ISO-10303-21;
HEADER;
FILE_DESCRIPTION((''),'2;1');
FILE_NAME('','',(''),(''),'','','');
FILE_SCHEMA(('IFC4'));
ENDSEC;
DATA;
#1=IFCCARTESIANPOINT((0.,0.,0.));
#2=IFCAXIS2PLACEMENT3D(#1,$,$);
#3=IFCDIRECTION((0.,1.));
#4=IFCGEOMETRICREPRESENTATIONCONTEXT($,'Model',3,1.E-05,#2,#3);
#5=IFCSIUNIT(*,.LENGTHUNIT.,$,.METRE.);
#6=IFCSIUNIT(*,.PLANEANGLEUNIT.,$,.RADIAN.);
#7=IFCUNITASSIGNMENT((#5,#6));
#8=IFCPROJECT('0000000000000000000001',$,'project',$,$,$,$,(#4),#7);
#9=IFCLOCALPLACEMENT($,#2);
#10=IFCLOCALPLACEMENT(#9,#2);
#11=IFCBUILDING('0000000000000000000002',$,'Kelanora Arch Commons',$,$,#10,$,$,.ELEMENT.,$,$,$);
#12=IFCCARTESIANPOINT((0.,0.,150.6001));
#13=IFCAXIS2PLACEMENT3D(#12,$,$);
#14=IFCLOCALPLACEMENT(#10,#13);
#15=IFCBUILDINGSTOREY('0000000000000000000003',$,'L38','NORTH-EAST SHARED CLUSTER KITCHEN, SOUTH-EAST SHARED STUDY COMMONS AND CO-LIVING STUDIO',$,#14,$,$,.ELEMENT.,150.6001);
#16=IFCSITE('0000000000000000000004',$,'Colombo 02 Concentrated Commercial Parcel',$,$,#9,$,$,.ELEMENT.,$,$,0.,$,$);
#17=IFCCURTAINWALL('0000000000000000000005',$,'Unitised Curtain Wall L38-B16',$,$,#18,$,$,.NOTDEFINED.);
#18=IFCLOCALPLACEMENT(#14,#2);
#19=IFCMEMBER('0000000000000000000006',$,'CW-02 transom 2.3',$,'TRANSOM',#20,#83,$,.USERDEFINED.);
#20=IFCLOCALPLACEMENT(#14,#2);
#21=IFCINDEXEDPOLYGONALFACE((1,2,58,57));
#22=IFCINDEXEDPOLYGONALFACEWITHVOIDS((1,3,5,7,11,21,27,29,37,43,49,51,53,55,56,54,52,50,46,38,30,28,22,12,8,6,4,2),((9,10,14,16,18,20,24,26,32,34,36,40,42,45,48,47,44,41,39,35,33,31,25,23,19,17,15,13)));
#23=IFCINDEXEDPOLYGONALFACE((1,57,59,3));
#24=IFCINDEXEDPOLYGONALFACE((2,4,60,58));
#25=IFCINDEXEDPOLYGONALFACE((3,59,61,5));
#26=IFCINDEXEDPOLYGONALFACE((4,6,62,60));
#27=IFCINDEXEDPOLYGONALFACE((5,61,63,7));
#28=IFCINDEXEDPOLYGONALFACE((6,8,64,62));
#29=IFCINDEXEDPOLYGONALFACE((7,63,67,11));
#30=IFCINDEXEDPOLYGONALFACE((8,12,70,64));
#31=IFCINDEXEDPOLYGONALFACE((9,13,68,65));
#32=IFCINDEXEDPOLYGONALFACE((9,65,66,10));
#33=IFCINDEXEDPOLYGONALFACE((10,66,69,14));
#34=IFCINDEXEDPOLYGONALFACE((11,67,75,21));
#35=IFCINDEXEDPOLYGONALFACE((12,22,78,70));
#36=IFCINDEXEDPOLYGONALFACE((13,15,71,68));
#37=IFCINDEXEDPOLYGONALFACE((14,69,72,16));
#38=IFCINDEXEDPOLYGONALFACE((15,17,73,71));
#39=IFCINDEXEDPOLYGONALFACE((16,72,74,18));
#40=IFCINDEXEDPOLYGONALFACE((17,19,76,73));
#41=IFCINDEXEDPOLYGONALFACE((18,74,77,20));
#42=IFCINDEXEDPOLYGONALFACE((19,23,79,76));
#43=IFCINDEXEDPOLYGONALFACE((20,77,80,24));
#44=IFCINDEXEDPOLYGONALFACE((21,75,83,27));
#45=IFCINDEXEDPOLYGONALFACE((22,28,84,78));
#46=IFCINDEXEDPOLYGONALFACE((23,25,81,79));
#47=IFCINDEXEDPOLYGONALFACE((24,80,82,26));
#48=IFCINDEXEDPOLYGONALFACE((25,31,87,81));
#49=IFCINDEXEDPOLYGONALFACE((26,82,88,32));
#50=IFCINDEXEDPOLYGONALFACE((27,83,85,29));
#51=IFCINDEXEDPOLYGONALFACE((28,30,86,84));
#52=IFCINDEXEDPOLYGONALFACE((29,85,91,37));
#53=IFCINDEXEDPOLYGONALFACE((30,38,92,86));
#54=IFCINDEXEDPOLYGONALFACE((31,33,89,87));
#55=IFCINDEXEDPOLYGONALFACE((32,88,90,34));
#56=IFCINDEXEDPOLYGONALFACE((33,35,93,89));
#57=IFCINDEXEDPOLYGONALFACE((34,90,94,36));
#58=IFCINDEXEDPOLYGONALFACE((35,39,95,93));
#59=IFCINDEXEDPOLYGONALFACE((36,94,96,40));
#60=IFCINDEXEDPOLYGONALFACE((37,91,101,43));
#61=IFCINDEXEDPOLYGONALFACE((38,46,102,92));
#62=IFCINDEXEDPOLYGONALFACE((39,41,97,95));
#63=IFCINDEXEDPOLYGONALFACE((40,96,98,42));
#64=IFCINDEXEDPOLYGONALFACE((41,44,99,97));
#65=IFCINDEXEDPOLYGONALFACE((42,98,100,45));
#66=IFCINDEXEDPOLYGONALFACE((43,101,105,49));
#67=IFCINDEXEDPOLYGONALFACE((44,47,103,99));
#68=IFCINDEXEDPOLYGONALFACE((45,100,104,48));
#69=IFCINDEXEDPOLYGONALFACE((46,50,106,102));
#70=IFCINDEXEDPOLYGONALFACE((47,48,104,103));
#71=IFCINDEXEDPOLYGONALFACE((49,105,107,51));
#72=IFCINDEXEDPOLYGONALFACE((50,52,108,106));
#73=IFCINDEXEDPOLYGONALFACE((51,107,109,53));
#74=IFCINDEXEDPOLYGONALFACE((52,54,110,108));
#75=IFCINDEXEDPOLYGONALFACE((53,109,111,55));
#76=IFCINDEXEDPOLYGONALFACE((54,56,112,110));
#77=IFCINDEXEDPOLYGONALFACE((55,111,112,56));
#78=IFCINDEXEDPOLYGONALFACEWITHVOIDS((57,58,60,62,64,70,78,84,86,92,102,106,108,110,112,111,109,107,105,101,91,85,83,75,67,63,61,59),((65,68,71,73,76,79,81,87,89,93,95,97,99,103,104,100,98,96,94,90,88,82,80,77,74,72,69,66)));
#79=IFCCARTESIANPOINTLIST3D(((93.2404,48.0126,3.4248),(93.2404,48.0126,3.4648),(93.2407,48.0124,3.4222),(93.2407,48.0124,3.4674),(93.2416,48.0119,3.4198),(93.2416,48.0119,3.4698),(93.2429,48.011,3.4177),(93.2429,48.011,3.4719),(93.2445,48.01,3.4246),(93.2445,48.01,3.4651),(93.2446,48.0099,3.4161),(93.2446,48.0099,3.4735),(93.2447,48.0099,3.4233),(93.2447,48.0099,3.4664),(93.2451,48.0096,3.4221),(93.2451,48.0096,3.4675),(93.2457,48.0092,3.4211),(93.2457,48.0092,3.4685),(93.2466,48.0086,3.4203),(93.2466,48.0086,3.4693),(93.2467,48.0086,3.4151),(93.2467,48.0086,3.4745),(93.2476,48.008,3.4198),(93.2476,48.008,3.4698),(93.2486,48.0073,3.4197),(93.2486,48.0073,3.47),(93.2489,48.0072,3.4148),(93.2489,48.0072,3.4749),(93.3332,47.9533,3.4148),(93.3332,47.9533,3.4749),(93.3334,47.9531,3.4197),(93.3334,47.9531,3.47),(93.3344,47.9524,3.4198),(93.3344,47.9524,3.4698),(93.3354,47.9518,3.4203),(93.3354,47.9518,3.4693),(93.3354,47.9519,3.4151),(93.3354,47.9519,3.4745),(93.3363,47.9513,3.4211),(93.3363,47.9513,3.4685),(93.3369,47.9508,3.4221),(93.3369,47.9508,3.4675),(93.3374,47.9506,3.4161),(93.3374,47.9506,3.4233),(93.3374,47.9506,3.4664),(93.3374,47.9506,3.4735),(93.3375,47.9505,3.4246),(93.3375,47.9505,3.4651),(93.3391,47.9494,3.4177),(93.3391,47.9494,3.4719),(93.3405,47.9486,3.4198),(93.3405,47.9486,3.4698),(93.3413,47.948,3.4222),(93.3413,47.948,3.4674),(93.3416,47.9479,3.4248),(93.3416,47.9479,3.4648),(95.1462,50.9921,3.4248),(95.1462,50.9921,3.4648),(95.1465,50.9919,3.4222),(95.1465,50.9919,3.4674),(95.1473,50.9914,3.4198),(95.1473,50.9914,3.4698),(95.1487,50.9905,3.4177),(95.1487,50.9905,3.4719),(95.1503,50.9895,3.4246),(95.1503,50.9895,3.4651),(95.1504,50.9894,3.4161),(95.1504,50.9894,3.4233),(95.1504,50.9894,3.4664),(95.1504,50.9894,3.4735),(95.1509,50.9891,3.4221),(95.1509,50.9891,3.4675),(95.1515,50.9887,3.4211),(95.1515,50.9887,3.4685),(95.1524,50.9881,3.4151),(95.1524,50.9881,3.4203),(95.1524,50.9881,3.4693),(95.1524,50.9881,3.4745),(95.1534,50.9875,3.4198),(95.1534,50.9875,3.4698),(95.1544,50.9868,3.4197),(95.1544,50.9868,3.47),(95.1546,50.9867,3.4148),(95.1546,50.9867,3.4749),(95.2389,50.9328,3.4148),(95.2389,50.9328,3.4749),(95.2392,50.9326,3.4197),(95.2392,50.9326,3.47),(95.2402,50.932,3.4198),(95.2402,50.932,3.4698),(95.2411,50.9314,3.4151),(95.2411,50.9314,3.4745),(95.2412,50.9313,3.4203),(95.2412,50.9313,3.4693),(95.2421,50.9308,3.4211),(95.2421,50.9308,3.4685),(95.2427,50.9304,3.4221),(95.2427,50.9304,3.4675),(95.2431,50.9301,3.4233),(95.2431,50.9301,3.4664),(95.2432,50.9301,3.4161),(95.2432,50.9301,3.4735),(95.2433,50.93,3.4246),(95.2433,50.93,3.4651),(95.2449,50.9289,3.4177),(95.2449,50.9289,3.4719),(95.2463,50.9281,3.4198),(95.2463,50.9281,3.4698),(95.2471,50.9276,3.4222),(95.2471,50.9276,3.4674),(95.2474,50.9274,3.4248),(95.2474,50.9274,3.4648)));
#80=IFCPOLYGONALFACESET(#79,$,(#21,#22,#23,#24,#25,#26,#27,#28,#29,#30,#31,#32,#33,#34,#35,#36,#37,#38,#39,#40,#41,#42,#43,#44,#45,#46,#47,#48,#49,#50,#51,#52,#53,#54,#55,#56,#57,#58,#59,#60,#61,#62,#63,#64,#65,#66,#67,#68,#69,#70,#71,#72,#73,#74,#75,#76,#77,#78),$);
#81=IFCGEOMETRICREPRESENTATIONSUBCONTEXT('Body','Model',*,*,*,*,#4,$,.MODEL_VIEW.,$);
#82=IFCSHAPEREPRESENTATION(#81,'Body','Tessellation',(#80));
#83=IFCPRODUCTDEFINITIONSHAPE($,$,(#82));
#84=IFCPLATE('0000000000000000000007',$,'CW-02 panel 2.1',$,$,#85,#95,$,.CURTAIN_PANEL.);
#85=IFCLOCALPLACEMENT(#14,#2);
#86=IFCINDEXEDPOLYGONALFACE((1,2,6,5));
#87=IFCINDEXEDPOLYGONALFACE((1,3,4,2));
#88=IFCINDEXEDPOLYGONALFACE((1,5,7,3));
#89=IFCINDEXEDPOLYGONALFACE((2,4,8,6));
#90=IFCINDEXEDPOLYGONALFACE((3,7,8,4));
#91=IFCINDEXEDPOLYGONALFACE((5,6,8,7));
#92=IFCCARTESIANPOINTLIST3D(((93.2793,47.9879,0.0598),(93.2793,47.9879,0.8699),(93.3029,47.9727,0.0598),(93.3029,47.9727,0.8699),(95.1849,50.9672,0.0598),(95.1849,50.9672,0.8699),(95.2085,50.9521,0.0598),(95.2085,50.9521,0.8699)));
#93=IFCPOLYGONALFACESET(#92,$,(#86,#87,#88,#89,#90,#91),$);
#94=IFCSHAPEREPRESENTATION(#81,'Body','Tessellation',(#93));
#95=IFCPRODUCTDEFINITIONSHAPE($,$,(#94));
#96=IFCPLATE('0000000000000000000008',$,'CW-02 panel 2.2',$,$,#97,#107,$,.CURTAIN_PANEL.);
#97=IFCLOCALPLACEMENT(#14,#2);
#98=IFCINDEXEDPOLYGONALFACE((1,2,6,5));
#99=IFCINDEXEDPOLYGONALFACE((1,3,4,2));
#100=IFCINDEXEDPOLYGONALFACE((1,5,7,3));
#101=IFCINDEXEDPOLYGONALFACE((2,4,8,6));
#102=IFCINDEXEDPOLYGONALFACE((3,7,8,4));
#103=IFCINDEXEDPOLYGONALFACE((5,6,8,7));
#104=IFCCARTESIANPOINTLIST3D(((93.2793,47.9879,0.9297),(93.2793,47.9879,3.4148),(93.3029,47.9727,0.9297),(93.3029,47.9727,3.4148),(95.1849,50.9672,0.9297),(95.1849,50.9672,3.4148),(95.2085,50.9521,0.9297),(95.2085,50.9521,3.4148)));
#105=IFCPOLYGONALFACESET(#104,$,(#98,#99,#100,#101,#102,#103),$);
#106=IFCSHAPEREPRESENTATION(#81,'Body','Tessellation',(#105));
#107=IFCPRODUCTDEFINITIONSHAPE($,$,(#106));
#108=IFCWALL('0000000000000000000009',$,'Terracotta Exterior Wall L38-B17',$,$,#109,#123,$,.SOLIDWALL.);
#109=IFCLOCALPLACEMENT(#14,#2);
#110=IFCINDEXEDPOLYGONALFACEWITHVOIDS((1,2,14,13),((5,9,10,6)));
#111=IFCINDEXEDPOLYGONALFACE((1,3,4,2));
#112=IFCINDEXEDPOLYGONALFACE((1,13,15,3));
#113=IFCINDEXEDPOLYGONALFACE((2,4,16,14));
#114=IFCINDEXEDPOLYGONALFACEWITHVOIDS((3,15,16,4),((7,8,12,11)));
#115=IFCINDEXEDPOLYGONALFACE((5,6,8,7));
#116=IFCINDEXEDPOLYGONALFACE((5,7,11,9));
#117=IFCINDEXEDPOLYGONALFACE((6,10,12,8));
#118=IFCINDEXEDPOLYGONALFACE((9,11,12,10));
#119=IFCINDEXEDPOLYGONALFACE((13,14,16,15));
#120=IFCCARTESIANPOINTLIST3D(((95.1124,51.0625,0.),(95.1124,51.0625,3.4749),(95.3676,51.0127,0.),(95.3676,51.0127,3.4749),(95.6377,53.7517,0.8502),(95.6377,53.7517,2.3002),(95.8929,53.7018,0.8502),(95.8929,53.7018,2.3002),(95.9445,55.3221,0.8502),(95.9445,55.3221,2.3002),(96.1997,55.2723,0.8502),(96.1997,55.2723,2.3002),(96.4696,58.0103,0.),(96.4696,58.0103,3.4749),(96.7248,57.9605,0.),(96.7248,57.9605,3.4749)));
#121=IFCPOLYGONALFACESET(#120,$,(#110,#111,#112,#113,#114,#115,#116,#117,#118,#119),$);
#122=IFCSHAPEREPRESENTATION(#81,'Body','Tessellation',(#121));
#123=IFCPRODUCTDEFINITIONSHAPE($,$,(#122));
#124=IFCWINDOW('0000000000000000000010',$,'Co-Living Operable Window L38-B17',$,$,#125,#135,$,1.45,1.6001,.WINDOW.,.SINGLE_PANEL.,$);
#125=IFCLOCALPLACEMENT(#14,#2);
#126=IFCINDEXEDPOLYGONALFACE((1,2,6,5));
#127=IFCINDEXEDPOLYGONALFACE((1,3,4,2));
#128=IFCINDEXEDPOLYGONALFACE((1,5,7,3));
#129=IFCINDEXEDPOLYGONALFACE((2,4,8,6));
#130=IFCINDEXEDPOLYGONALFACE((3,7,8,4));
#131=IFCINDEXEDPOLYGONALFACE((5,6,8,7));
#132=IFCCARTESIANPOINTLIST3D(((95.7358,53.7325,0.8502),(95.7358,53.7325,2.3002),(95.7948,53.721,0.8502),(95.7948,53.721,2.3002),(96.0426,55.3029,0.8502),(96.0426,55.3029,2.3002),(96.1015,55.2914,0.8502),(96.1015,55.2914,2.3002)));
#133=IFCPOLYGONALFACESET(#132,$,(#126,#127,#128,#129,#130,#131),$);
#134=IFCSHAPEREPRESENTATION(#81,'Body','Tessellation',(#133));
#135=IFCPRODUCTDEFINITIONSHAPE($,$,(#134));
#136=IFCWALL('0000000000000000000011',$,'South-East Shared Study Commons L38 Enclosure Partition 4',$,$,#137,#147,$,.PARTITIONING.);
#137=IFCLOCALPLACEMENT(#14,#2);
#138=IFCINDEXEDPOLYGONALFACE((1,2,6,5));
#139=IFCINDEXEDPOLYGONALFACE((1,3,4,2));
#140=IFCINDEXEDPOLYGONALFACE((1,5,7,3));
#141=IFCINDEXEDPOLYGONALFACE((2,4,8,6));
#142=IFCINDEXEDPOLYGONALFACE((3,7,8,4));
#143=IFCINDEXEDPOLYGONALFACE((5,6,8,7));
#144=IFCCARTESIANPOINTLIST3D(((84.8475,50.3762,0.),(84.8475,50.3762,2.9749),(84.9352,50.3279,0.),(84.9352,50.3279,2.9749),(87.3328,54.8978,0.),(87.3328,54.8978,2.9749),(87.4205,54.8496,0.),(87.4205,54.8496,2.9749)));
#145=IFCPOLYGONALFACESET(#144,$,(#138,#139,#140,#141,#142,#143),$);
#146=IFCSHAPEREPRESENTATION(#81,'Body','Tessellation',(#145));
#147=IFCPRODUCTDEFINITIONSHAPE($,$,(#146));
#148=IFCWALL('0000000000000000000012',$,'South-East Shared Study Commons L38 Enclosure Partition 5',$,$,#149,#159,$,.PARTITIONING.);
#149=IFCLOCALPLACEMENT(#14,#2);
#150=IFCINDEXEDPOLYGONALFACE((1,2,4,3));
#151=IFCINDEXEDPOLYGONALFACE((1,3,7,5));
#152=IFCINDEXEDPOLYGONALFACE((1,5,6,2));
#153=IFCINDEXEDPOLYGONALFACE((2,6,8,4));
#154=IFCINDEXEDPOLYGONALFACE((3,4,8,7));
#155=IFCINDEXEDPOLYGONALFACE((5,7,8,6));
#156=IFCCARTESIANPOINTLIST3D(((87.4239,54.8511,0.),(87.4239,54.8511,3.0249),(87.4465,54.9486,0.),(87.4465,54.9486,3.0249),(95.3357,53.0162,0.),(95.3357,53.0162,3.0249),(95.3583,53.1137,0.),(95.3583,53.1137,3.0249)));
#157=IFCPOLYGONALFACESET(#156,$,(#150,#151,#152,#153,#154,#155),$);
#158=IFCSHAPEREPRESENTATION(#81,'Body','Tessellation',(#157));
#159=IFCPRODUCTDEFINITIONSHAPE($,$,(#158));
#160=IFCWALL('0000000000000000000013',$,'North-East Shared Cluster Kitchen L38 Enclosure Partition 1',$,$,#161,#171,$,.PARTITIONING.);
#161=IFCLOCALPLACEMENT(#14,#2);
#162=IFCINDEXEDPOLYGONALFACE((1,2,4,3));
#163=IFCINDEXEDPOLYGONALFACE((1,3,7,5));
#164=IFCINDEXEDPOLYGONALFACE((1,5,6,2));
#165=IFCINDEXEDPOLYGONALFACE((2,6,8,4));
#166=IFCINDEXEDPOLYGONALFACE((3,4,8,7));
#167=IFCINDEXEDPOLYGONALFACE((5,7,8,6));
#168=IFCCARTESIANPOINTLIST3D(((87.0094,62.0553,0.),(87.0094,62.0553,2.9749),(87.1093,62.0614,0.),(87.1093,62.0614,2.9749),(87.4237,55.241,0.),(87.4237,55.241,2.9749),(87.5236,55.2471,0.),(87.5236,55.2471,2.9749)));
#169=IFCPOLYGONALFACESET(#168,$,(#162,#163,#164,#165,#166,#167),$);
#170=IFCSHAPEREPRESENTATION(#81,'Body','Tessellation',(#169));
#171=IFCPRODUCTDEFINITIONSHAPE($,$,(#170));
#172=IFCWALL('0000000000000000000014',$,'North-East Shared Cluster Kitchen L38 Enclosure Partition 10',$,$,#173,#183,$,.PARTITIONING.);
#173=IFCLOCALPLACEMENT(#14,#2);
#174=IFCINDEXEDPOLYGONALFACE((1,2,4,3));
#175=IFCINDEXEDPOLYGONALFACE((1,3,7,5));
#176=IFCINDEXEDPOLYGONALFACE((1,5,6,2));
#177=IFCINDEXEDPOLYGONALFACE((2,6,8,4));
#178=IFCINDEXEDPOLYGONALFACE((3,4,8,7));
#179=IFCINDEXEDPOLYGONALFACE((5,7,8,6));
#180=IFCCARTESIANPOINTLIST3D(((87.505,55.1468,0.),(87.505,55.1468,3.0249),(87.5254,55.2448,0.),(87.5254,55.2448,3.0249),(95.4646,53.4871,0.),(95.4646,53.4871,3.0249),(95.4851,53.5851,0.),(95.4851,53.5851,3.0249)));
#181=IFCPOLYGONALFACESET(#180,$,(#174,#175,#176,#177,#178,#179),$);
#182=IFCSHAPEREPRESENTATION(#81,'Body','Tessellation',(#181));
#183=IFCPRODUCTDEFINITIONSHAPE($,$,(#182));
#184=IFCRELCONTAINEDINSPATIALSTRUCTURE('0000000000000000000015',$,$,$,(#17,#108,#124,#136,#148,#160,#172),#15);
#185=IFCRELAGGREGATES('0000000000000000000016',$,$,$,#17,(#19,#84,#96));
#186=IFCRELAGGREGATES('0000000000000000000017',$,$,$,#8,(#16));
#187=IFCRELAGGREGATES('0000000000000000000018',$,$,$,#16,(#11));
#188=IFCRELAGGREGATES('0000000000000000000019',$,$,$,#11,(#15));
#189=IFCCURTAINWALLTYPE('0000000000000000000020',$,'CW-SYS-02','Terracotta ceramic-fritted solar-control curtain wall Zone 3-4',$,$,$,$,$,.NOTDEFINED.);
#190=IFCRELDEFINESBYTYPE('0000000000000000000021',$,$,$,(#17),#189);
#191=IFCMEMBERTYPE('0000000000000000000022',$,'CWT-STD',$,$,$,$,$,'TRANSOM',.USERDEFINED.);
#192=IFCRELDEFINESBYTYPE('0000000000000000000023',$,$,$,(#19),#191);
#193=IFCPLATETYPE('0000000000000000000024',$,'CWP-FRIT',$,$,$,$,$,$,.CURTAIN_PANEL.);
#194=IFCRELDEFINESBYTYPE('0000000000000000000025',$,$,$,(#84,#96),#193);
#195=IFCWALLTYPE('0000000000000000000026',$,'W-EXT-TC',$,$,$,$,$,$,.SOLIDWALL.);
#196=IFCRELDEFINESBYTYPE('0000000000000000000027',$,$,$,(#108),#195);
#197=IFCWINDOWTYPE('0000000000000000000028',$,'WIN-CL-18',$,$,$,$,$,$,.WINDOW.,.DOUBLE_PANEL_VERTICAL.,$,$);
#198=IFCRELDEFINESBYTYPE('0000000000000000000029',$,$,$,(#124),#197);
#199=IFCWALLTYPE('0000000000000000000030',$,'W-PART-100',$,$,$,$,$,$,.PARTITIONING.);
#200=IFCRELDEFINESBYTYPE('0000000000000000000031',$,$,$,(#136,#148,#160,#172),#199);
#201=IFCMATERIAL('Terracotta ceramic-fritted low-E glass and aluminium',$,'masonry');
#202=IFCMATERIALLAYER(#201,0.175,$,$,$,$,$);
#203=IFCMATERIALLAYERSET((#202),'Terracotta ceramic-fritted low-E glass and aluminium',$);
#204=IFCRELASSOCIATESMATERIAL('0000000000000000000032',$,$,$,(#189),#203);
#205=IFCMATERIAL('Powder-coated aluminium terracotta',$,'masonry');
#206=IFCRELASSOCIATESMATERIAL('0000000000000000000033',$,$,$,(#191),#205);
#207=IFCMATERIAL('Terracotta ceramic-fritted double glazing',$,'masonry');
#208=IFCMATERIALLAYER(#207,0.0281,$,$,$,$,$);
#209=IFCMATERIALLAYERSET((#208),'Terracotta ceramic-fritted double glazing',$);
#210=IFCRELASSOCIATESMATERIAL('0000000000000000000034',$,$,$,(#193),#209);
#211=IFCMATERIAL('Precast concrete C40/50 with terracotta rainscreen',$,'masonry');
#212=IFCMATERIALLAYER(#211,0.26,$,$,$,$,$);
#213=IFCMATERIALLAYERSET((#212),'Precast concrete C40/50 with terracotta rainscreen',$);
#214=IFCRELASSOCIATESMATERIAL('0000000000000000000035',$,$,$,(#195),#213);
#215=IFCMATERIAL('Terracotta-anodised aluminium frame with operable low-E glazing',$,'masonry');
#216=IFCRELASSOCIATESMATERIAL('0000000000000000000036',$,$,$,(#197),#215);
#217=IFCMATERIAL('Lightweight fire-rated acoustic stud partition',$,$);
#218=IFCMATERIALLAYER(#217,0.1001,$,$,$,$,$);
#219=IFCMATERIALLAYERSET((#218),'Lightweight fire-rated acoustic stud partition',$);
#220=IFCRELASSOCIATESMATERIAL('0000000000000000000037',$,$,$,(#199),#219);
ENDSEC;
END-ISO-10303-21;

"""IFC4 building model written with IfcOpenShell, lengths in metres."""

from ifc_helpers import new_model, si_unit, direction, frame, frame_2d, origin, origin_2d, place, context, subcontext, project, spatial, rectangle, hollow_rectangle, extrude, source, transform, mapped, material, layer, layer_set, material_profile, profile_set, type_object, element, fill, aggregate, save


model = new_model("IFC4")

# Units and contexts
model_context = context("Model", 3, precision=1e-05, world=origin(), true_north=direction((0.0, 1.0)))
body_context = subcontext(model_context, "Body", "Model", "MODEL_VIEW")
ifc_project = project(units=[si_unit("LENGTHUNIT", "METRE"), si_unit("PLANEANGLEUNIT", "RADIAN")], contexts=[model_context])

# Site, building, storey
site_placement = place(None, origin())
site = spatial("IfcSite", under=ifc_project, at=site_placement, Name="Colombo 02 Concentrated Commercial Parcel", CompositionType="ELEMENT", RefElevation=0.0)
building_placement = place(site_placement, origin())
building = spatial("IfcBuilding", under=site, at=building_placement, Name="Kelanora Arch Commons", CompositionType="ELEMENT")
storey_placement = place(building_placement, frame((0.0, 0.0, 150.6001)))
storey = spatial("IfcBuildingStorey", under=building, at=storey_placement, Name="L38", Description="NORTH-EAST SHARED CLUSTER KITCHEN, SOUTH-EAST SHARED STUDY COMMONS AND CO-LIVING STUDIO", CompositionType="ELEMENT", Elevation=150.6001)

# Curtain wall, member, plates
ifc_material_1 = material(Name="Terracotta ceramic-fritted low-E glass and aluminium", Category="masonry")
ifc_layer_1 = layer(ifc_material_1, 0.175)
ifc_layer_set_1 = layer_set([ifc_layer_1], Name="Terracotta ceramic-fritted low-E glass and aluminium")
curtain_wall_type = type_object("IfcCurtainWallType", Name="CW-SYS-02", Description="Terracotta ceramic-fritted solar-control curtain wall Zone 3-4", PredefinedType="NOTDEFINED", material=ifc_layer_set_1)
curtain_wall_placement = place(storey_placement, origin())
curtain_wall = element("IfcCurtainWall", 1, at=curtain_wall_placement, inside=storey, type_object=curtain_wall_type, Name="Unitised Curtain Wall L38-B16", PredefinedType="NOTDEFINED")
ifc_material_2 = material(Name="Powder-coated aluminium terracotta", Category="masonry")
ifc_material_profile_1 = material_profile(ifc_material_2, hollow_rectangle(XDim=0.1201, YDim=0.0601, WallThickness=0.0049, InnerFilletRadius=0.0049, OuterFilletRadius=0.01, at=origin_2d()), Name="CWT120x60")
ifc_profile_set_1 = profile_set([ifc_material_profile_1], Name="Powder-coated aluminium terracotta")
member_type_1 = type_object("IfcMemberType", Name="CWT-STD", ElementType="TRANSOM", PredefinedType="USERDEFINED", material=ifc_profile_set_1)
member_1_placement = place(storey_placement, frame((93.291, 47.9802, 3.4448), z_axis=(0.53883, 0.842414, 0.0), x_axis=(-0.842414, 0.53883, 0.0)))
member_1 = element("IfcMember", 2, at=member_1_placement, type_object=member_type_1, Name="CW-02 transom 2.3", ObjectType="TRANSOM", PredefinedType="USERDEFINED", context=body_context, shape_type="SweptSolid", body=[
    extrude(hollow_rectangle(XDim=0.1201, YDim=0.0601, WallThickness=0.0049, InnerFilletRadius=0.0049, OuterFilletRadius=0.01, at=origin_2d()), origin(), (0.0, 0.0, 1.0), 3.5369),
])
ifc_material_3 = material(Name="Terracotta ceramic-fritted double glazing", Category="masonry")
ifc_layer_2 = layer(ifc_material_3, 0.0281)
ifc_layer_set_2 = layer_set([ifc_layer_2], Name="Terracotta ceramic-fritted double glazing")
plate_type = type_object("IfcPlateType", Name="CWP-FRIT", PredefinedType="CURTAIN_PANEL", material=ifc_layer_set_2)
shared_shape_1 = source(origin(), body_context, "Body", "SweptSolid", [
    extrude(rectangle(XDim=3.5366, YDim=0.0281, at=origin_2d()), origin(), (0.0, 0.0, 1.0), 0.8101),
])
plate_1_placement = place(storey_placement, frame((94.2439, 49.47, 0.0598), z_axis=(0.0, 0.0, 1.0), x_axis=(0.538817, 0.842423, 0.0)))
plate_1 = element("IfcPlate", 3, at=plate_1_placement, type_object=plate_type, Name="CW-02 panel 2.1", PredefinedType="CURTAIN_PANEL", context=body_context, shape_type="MappedRepresentation", body=[
    mapped(shared_shape_1, transform((0.0, 0.0, 0.0), scale=1.0)),
])
shared_shape_2 = source(origin(), body_context, "Body", "SweptSolid", [
    extrude(rectangle(XDim=3.5366, YDim=0.0281, at=origin_2d()), origin(), (0.0, 0.0, 1.0), 2.4851),
])
plate_2_placement = place(storey_placement, frame((94.2439, 49.47, 0.9297), z_axis=(0.0, 0.0, 1.0), x_axis=(0.538817, 0.842423, 0.0)))
plate_2 = element("IfcPlate", 4, at=plate_2_placement, type_object=plate_type, Name="CW-02 panel 2.2", PredefinedType="CURTAIN_PANEL", context=body_context, shape_type="MappedRepresentation", body=[
    mapped(shared_shape_2, transform((0.0, 0.0, 0.0), scale=1.0)),
])
aggregate(curtain_wall, [member_1, plate_1, plate_2])

# Wall, opening, window
ifc_material_4 = material(Name="Precast concrete C40/50 with terracotta rainscreen", Category="masonry")
ifc_layer_3 = layer(ifc_material_4, 0.26)
ifc_layer_set_3 = layer_set([ifc_layer_3], Name="Precast concrete C40/50 with terracotta rainscreen")
wall_type_1 = type_object("IfcWallType", Name="W-EXT-TC", PredefinedType="SOLIDWALL", material=ifc_layer_set_3)
wall_1_placement = place(storey_placement, frame((95.24, 51.0376, 0.0), z_axis=(0.0, 0.0, 1.0), x_axis=(0.191717, 0.98145, 0.0)))
wall_1 = element("IfcWall", 5, at=wall_1_placement, inside=storey, type_object=wall_type_1, Name="Terracotta Exterior Wall L38-B17", PredefinedType="SOLIDWALL", context=body_context, shape_type="SweptSolid", body=[
    extrude(rectangle(XDim=7.0791, YDim=0.26, at=frame_2d((3.5396, 0.0))), origin(), (0.0, 0.0, 1.0), 3.4749),
])
opening_1_placement = place(wall_1_placement, frame((2.74, 0.0, 0.8501)))
opening_1 = element("IfcOpeningElement", 6, at=opening_1_placement, cuts=wall_1, PredefinedType="OPENING", context=body_context, shape_type="SweptSolid", body=[
    extrude(rectangle(XDim=1.6001, YDim=1.45, at=frame_2d((0.8, 0.7251))), frame((0.0, 0.1401, 0.0), z_axis=(0.0, -1.0, 0.0), x_axis=(1.0, 0.0, 0.0)), (0.0, 0.0, 1.0), 0.28),
])
ifc_material_5 = material(Name="Terracotta-anodised aluminium frame with operable low-E glazing", Category="masonry")
window_type = type_object("IfcWindowType", Name="WIN-CL-18", PartitioningType="DOUBLE_PANEL_VERTICAL", PredefinedType="WINDOW", material=ifc_material_5)
window_placement = place(opening_1_placement, origin())
window = element("IfcWindow", 7, at=window_placement, inside=storey, type_object=window_type, Name="Co-Living Operable Window L38-B17", OverallHeight=1.45, OverallWidth=1.6001, PartitioningType="SINGLE_PANEL", PredefinedType="WINDOW", context=body_context, shape_type="SweptSolid", body=[
    extrude(rectangle(XDim=1.6001, YDim=1.45, at=frame_2d((0.8, 0.7251))), frame((0.0, 0.03, 0.0), z_axis=(0.0, -1.0, 0.0), x_axis=(1.0, 0.0, 0.0)), (0.0, 0.0, 1.0), 0.0601),
])
fill(opening_1, window)

# Walls
ifc_material_6 = material(Name="Lightweight fire-rated acoustic stud partition")
ifc_layer_4 = layer(ifc_material_6, 0.1001)
ifc_layer_set_4 = layer_set([ifc_layer_4], Name="Lightweight fire-rated acoustic stud partition")
wall_type_2 = type_object("IfcWallType", Name="W-PART-100", PredefinedType="PARTITIONING", material=ifc_layer_set_4)
wall_2_placement = place(storey_placement, frame((84.8914, 50.3521, 0.0), z_axis=(0.0, 0.0, 1.0), x_axis=(0.481681, 0.876347, 0.0)))
element("IfcWall", 8, at=wall_2_placement, inside=storey, type_object=wall_type_2, Name="South-East Shared Study Commons L38 Enclosure Partition 4", PredefinedType="PARTITIONING", context=body_context, shape_type="SweptSolid", body=[
    extrude(rectangle(XDim=5.1597, YDim=0.1001, at=frame_2d((2.5798, 0.0))), origin(), (0.0, 0.0, 1.0), 2.9749),
])
wall_3_placement = place(storey_placement, frame((87.4351, 54.8999, 0.0), z_axis=(0.0, 0.0, 1.0), x_axis=(0.974144, -0.225929, 0.0)))
element("IfcWall", 9, at=wall_3_placement, inside=storey, type_object=wall_type_2, Name="South-East Shared Study Commons L38 Enclosure Partition 5", PredefinedType="PARTITIONING", context=body_context, shape_type="SweptSolid", body=[
    extrude(rectangle(XDim=8.1218, YDim=0.1001, at=frame_2d((4.061, 0.0))), origin(), (0.0, 0.0, 1.0), 3.0249),
])
wall_4_placement = place(storey_placement, frame((87.4736, 55.2439, 0.0), z_axis=(0.0, 0.0, 1.0), x_axis=(-0.060688, 0.998157, 0.0)))
element("IfcWall", 10, at=wall_4_placement, inside=storey, type_object=wall_type_2, Name="North-East Shared Cluster Kitchen L38 Enclosure Partition 1", PredefinedType="PARTITIONING", context=body_context, shape_type="SweptSolid", body=[
    extrude(rectangle(XDim=6.8269, YDim=0.1001, at=frame_2d((3.4136, 0.0))), origin(), (0.0, 0.0, 1.0), 2.9749),
])
wall_5_placement = place(storey_placement, frame((95.4749, 53.5361, 0.0), z_axis=(0.0, 0.0, 1.0), x_axis=(-0.978946, 0.204119, 0.0)))
element("IfcWall", 11, at=wall_5_placement, inside=storey, type_object=wall_type_2, Name="North-East Shared Cluster Kitchen L38 Enclosure Partition 10", PredefinedType="PARTITIONING", context=body_context, shape_type="SweptSolid", body=[
    extrude(rectangle(XDim=8.1309, YDim=0.1001, at=frame_2d((4.0654, 0.0))), origin(), (0.0, 0.0, 1.0), 3.0249),
])

save(model, "model.ifc")
